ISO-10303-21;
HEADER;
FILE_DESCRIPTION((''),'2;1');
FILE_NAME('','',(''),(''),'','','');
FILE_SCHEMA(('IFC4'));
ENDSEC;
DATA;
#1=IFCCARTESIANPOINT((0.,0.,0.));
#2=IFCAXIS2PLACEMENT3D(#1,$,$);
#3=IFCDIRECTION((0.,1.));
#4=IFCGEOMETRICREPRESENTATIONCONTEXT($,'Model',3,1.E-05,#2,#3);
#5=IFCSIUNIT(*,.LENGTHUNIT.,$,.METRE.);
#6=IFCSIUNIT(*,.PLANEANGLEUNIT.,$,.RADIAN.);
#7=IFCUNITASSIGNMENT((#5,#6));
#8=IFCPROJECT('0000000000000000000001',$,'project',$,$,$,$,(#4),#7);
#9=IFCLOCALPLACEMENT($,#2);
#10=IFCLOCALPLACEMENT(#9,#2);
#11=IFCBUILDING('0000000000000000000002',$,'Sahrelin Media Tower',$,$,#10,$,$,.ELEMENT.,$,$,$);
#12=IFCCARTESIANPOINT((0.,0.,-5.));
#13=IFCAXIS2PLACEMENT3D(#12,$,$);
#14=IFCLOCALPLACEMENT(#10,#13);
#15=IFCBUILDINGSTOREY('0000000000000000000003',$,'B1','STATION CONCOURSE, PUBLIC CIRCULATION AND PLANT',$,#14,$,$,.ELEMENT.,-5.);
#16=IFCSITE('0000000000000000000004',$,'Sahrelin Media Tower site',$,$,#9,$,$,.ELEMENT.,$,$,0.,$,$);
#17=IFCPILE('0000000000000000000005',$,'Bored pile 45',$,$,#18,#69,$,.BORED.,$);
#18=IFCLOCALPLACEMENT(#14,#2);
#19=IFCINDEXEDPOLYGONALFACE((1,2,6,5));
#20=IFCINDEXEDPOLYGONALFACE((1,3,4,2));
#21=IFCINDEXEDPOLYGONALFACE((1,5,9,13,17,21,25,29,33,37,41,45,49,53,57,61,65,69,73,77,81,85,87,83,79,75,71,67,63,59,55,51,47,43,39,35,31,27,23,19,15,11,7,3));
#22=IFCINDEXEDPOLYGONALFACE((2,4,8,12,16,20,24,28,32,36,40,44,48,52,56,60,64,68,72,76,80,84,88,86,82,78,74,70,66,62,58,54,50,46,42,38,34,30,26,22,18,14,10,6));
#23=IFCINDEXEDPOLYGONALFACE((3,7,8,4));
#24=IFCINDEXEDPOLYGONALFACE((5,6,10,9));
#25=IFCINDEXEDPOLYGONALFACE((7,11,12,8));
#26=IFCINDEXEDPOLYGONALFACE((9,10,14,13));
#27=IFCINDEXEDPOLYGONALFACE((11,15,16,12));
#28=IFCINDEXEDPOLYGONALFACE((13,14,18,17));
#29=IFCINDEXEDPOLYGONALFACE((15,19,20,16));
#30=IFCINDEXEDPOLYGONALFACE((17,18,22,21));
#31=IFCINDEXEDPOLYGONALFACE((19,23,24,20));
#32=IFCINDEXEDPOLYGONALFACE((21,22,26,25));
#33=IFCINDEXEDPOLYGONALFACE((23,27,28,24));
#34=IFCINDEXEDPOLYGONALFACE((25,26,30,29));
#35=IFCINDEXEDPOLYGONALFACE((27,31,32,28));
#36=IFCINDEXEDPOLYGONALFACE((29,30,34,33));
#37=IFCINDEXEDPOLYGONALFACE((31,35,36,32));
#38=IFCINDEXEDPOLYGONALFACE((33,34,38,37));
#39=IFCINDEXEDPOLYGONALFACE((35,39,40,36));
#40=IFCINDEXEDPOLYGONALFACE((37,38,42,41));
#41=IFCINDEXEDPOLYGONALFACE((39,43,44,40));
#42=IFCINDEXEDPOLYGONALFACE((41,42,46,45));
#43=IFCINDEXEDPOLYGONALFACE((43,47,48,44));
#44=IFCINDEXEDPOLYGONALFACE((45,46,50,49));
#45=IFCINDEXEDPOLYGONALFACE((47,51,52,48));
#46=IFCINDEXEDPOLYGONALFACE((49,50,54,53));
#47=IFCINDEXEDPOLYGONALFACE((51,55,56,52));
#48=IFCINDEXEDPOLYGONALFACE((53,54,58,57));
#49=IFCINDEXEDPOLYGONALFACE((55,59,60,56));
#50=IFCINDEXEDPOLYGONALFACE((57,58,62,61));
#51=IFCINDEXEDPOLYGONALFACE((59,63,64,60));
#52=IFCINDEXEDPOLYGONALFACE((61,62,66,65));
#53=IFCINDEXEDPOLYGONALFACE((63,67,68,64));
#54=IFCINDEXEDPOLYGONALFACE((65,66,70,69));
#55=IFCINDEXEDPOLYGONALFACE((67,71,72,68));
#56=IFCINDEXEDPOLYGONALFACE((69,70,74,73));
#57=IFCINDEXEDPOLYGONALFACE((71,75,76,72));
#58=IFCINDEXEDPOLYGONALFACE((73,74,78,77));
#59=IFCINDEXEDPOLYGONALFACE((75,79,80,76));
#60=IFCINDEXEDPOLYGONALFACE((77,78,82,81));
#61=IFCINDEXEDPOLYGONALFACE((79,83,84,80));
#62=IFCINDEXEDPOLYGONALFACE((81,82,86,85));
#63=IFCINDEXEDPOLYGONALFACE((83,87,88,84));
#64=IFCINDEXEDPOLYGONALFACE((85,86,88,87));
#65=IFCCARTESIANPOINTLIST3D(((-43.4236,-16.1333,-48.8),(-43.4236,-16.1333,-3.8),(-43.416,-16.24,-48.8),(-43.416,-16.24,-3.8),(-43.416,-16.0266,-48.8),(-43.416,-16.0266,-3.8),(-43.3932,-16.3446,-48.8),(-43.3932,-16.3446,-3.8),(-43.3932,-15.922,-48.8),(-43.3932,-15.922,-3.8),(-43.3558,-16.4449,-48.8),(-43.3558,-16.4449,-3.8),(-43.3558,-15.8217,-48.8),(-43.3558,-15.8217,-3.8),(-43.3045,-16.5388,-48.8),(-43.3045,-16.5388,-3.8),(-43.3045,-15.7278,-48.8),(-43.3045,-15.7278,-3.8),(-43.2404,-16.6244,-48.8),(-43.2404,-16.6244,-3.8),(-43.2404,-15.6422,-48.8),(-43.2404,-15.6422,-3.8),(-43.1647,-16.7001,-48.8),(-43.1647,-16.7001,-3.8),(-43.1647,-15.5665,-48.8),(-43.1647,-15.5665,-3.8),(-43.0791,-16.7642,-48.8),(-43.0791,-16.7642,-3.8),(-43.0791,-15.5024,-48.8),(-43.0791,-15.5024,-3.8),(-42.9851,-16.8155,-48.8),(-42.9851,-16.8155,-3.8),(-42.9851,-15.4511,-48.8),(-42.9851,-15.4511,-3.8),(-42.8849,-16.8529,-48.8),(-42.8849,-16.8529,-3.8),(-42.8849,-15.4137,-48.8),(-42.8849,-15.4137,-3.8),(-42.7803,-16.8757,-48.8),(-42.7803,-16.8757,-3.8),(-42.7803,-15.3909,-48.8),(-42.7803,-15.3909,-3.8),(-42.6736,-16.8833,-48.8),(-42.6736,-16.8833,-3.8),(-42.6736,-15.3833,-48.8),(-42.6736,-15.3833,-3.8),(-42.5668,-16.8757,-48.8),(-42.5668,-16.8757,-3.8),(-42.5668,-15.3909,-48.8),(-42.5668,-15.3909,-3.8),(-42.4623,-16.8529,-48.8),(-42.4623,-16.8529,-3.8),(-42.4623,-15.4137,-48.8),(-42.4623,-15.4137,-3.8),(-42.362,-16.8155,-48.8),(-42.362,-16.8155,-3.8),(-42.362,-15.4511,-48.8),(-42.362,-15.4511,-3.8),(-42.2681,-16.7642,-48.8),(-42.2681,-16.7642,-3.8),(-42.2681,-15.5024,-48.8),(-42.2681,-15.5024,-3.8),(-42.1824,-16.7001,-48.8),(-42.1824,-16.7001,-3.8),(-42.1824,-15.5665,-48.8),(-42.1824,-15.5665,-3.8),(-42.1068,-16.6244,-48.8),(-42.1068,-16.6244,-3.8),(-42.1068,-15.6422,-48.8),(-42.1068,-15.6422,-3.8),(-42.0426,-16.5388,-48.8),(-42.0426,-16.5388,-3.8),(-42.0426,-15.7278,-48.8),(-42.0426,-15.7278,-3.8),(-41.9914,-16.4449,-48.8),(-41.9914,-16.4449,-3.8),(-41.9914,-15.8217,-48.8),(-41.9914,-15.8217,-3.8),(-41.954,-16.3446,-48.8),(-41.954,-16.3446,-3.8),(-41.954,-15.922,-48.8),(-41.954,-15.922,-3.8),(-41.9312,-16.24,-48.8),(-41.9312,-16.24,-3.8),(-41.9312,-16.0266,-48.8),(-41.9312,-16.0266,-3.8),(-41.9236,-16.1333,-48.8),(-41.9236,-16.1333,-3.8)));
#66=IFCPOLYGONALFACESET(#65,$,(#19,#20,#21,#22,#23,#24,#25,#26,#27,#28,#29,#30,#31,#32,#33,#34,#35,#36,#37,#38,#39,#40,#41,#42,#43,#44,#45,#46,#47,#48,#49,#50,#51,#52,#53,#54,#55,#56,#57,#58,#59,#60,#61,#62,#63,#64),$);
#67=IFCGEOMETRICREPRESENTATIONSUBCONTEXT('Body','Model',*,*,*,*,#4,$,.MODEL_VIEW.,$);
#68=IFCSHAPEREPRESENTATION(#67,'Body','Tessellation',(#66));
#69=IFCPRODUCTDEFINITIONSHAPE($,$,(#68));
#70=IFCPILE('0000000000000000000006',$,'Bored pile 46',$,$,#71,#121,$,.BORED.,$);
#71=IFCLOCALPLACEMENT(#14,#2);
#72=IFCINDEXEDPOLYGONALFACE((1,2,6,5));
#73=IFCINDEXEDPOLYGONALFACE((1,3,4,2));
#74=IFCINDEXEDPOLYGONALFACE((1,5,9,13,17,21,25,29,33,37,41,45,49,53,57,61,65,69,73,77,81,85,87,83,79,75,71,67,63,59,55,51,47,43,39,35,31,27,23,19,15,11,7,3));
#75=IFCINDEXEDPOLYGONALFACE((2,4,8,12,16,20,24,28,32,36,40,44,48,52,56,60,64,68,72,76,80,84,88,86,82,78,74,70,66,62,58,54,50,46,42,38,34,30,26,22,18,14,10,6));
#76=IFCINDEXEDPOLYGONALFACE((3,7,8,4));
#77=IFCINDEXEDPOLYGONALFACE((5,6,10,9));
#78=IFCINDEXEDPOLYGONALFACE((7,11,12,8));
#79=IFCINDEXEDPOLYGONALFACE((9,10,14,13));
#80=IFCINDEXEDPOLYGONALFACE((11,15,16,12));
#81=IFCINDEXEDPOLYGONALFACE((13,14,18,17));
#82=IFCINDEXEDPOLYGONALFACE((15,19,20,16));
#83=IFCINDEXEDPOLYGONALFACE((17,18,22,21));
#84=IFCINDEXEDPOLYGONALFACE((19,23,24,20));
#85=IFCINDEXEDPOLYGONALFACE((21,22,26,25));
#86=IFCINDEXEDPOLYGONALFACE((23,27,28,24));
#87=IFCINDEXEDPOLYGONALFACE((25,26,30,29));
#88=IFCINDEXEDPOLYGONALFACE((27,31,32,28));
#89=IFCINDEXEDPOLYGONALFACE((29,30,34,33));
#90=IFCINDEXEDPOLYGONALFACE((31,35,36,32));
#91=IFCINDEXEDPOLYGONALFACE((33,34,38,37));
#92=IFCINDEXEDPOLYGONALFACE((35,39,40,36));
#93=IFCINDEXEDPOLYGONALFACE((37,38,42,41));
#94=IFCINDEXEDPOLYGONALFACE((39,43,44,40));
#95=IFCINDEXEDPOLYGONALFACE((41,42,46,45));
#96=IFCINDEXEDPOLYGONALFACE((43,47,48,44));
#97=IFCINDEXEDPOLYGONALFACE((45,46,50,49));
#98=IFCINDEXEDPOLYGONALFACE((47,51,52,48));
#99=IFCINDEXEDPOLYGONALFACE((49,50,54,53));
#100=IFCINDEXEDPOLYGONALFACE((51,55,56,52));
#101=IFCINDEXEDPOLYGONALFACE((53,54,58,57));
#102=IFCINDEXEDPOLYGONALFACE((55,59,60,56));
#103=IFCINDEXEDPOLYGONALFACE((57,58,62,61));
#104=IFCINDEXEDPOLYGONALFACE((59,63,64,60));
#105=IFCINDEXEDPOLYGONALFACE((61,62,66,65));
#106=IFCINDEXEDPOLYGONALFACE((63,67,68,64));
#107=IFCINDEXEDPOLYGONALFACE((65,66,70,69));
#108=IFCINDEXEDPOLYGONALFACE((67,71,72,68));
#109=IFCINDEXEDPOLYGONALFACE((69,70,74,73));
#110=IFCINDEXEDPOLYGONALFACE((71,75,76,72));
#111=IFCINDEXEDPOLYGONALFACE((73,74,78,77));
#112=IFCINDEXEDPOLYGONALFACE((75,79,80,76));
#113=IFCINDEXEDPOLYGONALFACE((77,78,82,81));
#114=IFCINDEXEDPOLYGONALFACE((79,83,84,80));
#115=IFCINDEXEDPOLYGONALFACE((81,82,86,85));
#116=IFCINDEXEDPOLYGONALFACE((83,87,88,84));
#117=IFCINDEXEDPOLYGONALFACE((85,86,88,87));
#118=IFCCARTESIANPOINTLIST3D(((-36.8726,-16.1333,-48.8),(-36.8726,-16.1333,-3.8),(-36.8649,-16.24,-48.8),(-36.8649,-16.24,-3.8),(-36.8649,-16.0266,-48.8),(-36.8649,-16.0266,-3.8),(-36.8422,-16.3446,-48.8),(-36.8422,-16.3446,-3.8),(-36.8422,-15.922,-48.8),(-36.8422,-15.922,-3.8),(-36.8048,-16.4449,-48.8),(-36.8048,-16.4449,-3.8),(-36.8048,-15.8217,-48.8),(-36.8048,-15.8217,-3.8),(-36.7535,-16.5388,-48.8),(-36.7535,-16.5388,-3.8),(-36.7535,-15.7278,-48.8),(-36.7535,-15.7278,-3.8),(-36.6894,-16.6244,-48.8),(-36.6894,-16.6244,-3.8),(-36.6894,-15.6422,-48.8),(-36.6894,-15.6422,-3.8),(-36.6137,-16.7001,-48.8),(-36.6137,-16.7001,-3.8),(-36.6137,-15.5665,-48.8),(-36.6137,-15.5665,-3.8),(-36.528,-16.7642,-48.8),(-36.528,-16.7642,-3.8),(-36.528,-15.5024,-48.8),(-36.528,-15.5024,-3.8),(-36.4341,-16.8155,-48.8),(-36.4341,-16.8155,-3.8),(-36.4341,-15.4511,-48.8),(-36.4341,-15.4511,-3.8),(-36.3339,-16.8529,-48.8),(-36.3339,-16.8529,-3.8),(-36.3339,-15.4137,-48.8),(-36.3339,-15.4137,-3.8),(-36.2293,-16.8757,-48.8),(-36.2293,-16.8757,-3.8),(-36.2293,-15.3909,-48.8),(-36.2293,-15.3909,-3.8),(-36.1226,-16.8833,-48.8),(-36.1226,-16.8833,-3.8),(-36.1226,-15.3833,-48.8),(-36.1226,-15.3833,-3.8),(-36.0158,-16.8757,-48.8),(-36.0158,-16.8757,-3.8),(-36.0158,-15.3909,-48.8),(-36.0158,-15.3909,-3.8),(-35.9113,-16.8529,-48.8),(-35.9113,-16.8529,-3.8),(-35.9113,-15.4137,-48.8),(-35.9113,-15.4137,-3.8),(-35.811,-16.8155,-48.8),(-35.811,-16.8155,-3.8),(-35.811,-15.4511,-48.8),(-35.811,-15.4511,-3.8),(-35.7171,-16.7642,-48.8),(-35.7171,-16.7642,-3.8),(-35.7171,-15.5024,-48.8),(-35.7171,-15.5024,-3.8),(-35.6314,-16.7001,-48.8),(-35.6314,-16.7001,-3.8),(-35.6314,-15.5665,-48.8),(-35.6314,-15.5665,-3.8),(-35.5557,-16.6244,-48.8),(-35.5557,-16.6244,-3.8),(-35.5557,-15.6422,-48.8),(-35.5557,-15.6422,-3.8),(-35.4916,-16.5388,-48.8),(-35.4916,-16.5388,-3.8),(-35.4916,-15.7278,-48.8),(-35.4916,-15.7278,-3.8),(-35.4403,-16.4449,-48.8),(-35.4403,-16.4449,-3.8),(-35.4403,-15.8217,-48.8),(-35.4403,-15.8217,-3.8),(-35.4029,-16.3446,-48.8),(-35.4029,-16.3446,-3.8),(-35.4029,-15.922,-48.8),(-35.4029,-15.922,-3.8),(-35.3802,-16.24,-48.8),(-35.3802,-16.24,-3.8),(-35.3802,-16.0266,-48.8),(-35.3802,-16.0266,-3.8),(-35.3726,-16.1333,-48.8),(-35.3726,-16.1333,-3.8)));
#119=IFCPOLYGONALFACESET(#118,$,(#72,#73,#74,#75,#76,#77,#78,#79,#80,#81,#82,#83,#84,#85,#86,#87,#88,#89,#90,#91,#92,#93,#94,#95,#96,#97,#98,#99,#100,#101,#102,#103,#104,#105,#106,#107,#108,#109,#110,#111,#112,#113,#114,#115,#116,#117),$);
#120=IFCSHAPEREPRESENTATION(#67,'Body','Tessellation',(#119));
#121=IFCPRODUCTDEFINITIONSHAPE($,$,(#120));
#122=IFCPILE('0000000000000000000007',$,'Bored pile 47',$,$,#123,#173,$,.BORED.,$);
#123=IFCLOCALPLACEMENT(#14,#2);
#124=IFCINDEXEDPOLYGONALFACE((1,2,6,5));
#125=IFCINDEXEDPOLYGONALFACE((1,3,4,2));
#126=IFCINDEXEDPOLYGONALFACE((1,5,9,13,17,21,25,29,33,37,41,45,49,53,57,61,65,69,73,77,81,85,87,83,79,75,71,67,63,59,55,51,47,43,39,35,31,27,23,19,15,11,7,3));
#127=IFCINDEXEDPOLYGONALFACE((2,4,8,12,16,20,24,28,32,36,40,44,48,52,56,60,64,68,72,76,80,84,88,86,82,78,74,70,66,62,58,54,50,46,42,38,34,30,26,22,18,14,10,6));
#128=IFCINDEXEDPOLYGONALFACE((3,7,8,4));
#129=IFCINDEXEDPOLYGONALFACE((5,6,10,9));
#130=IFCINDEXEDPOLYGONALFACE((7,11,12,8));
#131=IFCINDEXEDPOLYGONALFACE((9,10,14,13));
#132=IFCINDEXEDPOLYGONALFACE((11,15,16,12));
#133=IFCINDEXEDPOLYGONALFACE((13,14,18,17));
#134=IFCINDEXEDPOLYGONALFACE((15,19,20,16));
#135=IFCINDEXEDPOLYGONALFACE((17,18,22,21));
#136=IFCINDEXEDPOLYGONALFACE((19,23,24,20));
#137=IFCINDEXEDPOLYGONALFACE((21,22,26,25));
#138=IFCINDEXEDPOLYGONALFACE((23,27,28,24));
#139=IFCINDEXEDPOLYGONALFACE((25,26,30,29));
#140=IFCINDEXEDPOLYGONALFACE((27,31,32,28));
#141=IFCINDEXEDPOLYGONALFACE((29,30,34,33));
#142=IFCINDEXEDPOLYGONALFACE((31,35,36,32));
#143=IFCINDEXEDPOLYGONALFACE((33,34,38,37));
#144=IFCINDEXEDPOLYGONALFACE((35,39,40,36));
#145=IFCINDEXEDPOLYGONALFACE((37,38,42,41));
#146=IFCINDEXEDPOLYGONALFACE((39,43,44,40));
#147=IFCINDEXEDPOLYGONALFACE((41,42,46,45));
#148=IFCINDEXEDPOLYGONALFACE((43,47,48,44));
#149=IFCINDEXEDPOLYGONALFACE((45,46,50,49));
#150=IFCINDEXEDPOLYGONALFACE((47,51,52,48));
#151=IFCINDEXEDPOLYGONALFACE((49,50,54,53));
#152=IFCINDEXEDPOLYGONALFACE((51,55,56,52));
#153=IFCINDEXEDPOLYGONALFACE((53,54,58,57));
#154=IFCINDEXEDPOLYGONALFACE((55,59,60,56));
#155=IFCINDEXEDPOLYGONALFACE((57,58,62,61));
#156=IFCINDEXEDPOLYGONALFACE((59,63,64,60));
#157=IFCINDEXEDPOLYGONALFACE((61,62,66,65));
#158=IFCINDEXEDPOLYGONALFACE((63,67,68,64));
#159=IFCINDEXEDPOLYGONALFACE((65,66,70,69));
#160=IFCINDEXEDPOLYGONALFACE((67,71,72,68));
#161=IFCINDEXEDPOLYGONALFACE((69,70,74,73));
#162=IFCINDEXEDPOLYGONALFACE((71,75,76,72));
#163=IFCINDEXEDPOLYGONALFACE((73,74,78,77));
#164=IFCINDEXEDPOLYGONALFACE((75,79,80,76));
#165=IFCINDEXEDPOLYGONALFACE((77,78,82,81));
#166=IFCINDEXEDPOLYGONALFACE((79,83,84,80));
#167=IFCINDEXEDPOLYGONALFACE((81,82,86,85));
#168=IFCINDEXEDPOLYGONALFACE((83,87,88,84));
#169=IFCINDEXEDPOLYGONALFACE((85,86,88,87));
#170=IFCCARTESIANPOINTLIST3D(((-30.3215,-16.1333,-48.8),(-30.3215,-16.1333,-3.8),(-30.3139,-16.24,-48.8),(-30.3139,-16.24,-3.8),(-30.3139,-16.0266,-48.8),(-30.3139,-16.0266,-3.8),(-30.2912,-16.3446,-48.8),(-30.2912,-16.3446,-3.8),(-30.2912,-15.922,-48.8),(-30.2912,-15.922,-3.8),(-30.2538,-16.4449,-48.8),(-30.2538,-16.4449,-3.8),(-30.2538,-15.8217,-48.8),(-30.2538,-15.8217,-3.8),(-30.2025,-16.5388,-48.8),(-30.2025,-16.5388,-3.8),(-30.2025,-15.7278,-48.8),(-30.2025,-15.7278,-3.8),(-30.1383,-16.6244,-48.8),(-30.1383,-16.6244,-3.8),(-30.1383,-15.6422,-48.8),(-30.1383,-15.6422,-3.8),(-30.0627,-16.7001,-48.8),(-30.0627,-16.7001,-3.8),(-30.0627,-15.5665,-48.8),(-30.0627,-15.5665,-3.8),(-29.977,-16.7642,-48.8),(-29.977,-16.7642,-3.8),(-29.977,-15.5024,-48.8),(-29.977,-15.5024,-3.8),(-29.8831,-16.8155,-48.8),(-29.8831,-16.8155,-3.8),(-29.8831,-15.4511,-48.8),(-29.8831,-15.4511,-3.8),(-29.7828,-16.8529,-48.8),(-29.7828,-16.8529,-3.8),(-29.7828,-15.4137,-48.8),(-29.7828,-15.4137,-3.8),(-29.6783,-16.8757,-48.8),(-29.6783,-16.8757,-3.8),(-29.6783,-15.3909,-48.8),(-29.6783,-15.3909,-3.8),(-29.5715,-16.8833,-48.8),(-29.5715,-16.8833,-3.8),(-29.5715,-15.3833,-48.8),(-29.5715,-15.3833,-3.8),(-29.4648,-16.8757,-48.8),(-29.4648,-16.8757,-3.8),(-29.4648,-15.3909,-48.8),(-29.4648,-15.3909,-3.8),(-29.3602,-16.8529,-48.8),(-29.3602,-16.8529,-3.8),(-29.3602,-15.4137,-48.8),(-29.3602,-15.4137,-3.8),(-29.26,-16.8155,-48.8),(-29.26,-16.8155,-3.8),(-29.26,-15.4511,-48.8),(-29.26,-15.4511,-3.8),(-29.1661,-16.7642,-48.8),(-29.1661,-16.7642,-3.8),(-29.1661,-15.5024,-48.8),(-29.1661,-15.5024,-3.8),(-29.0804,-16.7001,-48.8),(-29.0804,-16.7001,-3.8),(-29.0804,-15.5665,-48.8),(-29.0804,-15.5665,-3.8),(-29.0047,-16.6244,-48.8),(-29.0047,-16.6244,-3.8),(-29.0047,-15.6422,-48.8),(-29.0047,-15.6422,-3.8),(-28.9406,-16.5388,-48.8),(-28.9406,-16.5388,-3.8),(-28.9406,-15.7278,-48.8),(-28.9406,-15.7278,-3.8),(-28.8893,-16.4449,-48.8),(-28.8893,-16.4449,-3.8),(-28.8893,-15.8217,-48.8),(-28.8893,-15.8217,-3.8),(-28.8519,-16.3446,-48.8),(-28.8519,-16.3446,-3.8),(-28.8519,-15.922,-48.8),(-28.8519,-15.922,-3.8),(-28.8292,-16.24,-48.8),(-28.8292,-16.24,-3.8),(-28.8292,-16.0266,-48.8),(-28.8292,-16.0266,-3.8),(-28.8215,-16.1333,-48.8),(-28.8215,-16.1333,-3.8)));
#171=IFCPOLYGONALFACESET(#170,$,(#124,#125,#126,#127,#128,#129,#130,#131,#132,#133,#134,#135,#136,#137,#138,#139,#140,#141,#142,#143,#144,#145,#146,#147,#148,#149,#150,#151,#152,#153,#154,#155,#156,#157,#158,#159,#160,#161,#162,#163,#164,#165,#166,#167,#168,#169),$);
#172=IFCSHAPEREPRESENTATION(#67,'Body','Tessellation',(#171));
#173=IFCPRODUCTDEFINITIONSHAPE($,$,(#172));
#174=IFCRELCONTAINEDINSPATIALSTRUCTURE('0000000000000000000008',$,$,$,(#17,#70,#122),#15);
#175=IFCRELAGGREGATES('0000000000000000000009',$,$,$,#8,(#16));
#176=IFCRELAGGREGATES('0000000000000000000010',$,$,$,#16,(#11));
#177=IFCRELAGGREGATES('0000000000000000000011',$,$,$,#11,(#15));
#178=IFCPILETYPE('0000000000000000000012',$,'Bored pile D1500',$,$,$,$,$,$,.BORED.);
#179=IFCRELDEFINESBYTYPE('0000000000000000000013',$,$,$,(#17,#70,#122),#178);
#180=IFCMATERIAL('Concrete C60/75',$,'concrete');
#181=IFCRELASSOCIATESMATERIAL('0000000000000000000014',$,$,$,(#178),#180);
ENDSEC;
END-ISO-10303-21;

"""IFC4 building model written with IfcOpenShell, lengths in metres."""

from ifc_helpers import new_model, si_unit, direction, frame, origin, origin_2d, place, context, subcontext, project, spatial, circle, extrude, material, material_profile, profile_set, type_object, element, save


model = new_model("IFC4")

# Units and contexts
model_context = context("Model", 3, precision=1e-05, world=origin(), true_north=direction((0.0, 1.0)))
body_context = subcontext(model_context, "Body", "Model", "MODEL_VIEW")
ifc_project = project(units=[si_unit("LENGTHUNIT", "METRE"), si_unit("PLANEANGLEUNIT", "RADIAN")], contexts=[model_context])

# Site, building, storey
site_placement = place(None, origin())
site = spatial("IfcSite", under=ifc_project, at=site_placement, Name="Sahrelin Media Tower site", CompositionType="ELEMENT", RefElevation=0.0)
building_placement = place(site_placement, origin())
building = spatial("IfcBuilding", under=site, at=building_placement, Name="Sahrelin Media Tower", CompositionType="ELEMENT")
storey_placement = place(building_placement, frame((0.0, 0.0, -5.0)))
storey = spatial("IfcBuildingStorey", under=building, at=storey_placement, Name="B1", Description="STATION CONCOURSE, PUBLIC CIRCULATION AND PLANT", CompositionType="ELEMENT", Elevation=-5.0)

# Piles
ifc_material_1 = material(Name="Concrete C60/75", Category="concrete")
ifc_material_profile_1 = material_profile(ifc_material_1, circle(Radius=0.75, at=origin_2d()), Name="Bored pile D1500")
ifc_profile_set_1 = profile_set([ifc_material_profile_1], Name="Concrete C60/75")
pile_type = type_object("IfcPileType", Name="Bored pile D1500", PredefinedType="BORED", material=ifc_profile_set_1)
for number, where, z_axis, x_axis, name in (
    (1, (-42.6736, -16.1333, -3.8), (0.0, 0.0, -1.0), (1.0, 0.0, 0.0), "Bored pile 45"),
    (2, (-36.1226, -16.1333, -3.8), (0.0, 0.0, -1.0), (1.0, 0.0, 0.0), "Bored pile 46"),
    (3, (-29.5715, -16.1333, -3.8), (0.0, 0.0, -1.0), (1.0, 0.0, 0.0), "Bored pile 47"),
):
    element("IfcPile", number, at=place(storey_placement, frame(where, z_axis=z_axis, x_axis=x_axis)), inside=storey, type_object=pile_type, Name=name, PredefinedType="BORED", context=body_context, shape_type="SweptSolid", body=[
        extrude(circle(Radius=0.75, at=origin_2d()), origin(), (0.0, 0.0, 1.0), 45.0),
    ])

save(model, "model.ifc")
